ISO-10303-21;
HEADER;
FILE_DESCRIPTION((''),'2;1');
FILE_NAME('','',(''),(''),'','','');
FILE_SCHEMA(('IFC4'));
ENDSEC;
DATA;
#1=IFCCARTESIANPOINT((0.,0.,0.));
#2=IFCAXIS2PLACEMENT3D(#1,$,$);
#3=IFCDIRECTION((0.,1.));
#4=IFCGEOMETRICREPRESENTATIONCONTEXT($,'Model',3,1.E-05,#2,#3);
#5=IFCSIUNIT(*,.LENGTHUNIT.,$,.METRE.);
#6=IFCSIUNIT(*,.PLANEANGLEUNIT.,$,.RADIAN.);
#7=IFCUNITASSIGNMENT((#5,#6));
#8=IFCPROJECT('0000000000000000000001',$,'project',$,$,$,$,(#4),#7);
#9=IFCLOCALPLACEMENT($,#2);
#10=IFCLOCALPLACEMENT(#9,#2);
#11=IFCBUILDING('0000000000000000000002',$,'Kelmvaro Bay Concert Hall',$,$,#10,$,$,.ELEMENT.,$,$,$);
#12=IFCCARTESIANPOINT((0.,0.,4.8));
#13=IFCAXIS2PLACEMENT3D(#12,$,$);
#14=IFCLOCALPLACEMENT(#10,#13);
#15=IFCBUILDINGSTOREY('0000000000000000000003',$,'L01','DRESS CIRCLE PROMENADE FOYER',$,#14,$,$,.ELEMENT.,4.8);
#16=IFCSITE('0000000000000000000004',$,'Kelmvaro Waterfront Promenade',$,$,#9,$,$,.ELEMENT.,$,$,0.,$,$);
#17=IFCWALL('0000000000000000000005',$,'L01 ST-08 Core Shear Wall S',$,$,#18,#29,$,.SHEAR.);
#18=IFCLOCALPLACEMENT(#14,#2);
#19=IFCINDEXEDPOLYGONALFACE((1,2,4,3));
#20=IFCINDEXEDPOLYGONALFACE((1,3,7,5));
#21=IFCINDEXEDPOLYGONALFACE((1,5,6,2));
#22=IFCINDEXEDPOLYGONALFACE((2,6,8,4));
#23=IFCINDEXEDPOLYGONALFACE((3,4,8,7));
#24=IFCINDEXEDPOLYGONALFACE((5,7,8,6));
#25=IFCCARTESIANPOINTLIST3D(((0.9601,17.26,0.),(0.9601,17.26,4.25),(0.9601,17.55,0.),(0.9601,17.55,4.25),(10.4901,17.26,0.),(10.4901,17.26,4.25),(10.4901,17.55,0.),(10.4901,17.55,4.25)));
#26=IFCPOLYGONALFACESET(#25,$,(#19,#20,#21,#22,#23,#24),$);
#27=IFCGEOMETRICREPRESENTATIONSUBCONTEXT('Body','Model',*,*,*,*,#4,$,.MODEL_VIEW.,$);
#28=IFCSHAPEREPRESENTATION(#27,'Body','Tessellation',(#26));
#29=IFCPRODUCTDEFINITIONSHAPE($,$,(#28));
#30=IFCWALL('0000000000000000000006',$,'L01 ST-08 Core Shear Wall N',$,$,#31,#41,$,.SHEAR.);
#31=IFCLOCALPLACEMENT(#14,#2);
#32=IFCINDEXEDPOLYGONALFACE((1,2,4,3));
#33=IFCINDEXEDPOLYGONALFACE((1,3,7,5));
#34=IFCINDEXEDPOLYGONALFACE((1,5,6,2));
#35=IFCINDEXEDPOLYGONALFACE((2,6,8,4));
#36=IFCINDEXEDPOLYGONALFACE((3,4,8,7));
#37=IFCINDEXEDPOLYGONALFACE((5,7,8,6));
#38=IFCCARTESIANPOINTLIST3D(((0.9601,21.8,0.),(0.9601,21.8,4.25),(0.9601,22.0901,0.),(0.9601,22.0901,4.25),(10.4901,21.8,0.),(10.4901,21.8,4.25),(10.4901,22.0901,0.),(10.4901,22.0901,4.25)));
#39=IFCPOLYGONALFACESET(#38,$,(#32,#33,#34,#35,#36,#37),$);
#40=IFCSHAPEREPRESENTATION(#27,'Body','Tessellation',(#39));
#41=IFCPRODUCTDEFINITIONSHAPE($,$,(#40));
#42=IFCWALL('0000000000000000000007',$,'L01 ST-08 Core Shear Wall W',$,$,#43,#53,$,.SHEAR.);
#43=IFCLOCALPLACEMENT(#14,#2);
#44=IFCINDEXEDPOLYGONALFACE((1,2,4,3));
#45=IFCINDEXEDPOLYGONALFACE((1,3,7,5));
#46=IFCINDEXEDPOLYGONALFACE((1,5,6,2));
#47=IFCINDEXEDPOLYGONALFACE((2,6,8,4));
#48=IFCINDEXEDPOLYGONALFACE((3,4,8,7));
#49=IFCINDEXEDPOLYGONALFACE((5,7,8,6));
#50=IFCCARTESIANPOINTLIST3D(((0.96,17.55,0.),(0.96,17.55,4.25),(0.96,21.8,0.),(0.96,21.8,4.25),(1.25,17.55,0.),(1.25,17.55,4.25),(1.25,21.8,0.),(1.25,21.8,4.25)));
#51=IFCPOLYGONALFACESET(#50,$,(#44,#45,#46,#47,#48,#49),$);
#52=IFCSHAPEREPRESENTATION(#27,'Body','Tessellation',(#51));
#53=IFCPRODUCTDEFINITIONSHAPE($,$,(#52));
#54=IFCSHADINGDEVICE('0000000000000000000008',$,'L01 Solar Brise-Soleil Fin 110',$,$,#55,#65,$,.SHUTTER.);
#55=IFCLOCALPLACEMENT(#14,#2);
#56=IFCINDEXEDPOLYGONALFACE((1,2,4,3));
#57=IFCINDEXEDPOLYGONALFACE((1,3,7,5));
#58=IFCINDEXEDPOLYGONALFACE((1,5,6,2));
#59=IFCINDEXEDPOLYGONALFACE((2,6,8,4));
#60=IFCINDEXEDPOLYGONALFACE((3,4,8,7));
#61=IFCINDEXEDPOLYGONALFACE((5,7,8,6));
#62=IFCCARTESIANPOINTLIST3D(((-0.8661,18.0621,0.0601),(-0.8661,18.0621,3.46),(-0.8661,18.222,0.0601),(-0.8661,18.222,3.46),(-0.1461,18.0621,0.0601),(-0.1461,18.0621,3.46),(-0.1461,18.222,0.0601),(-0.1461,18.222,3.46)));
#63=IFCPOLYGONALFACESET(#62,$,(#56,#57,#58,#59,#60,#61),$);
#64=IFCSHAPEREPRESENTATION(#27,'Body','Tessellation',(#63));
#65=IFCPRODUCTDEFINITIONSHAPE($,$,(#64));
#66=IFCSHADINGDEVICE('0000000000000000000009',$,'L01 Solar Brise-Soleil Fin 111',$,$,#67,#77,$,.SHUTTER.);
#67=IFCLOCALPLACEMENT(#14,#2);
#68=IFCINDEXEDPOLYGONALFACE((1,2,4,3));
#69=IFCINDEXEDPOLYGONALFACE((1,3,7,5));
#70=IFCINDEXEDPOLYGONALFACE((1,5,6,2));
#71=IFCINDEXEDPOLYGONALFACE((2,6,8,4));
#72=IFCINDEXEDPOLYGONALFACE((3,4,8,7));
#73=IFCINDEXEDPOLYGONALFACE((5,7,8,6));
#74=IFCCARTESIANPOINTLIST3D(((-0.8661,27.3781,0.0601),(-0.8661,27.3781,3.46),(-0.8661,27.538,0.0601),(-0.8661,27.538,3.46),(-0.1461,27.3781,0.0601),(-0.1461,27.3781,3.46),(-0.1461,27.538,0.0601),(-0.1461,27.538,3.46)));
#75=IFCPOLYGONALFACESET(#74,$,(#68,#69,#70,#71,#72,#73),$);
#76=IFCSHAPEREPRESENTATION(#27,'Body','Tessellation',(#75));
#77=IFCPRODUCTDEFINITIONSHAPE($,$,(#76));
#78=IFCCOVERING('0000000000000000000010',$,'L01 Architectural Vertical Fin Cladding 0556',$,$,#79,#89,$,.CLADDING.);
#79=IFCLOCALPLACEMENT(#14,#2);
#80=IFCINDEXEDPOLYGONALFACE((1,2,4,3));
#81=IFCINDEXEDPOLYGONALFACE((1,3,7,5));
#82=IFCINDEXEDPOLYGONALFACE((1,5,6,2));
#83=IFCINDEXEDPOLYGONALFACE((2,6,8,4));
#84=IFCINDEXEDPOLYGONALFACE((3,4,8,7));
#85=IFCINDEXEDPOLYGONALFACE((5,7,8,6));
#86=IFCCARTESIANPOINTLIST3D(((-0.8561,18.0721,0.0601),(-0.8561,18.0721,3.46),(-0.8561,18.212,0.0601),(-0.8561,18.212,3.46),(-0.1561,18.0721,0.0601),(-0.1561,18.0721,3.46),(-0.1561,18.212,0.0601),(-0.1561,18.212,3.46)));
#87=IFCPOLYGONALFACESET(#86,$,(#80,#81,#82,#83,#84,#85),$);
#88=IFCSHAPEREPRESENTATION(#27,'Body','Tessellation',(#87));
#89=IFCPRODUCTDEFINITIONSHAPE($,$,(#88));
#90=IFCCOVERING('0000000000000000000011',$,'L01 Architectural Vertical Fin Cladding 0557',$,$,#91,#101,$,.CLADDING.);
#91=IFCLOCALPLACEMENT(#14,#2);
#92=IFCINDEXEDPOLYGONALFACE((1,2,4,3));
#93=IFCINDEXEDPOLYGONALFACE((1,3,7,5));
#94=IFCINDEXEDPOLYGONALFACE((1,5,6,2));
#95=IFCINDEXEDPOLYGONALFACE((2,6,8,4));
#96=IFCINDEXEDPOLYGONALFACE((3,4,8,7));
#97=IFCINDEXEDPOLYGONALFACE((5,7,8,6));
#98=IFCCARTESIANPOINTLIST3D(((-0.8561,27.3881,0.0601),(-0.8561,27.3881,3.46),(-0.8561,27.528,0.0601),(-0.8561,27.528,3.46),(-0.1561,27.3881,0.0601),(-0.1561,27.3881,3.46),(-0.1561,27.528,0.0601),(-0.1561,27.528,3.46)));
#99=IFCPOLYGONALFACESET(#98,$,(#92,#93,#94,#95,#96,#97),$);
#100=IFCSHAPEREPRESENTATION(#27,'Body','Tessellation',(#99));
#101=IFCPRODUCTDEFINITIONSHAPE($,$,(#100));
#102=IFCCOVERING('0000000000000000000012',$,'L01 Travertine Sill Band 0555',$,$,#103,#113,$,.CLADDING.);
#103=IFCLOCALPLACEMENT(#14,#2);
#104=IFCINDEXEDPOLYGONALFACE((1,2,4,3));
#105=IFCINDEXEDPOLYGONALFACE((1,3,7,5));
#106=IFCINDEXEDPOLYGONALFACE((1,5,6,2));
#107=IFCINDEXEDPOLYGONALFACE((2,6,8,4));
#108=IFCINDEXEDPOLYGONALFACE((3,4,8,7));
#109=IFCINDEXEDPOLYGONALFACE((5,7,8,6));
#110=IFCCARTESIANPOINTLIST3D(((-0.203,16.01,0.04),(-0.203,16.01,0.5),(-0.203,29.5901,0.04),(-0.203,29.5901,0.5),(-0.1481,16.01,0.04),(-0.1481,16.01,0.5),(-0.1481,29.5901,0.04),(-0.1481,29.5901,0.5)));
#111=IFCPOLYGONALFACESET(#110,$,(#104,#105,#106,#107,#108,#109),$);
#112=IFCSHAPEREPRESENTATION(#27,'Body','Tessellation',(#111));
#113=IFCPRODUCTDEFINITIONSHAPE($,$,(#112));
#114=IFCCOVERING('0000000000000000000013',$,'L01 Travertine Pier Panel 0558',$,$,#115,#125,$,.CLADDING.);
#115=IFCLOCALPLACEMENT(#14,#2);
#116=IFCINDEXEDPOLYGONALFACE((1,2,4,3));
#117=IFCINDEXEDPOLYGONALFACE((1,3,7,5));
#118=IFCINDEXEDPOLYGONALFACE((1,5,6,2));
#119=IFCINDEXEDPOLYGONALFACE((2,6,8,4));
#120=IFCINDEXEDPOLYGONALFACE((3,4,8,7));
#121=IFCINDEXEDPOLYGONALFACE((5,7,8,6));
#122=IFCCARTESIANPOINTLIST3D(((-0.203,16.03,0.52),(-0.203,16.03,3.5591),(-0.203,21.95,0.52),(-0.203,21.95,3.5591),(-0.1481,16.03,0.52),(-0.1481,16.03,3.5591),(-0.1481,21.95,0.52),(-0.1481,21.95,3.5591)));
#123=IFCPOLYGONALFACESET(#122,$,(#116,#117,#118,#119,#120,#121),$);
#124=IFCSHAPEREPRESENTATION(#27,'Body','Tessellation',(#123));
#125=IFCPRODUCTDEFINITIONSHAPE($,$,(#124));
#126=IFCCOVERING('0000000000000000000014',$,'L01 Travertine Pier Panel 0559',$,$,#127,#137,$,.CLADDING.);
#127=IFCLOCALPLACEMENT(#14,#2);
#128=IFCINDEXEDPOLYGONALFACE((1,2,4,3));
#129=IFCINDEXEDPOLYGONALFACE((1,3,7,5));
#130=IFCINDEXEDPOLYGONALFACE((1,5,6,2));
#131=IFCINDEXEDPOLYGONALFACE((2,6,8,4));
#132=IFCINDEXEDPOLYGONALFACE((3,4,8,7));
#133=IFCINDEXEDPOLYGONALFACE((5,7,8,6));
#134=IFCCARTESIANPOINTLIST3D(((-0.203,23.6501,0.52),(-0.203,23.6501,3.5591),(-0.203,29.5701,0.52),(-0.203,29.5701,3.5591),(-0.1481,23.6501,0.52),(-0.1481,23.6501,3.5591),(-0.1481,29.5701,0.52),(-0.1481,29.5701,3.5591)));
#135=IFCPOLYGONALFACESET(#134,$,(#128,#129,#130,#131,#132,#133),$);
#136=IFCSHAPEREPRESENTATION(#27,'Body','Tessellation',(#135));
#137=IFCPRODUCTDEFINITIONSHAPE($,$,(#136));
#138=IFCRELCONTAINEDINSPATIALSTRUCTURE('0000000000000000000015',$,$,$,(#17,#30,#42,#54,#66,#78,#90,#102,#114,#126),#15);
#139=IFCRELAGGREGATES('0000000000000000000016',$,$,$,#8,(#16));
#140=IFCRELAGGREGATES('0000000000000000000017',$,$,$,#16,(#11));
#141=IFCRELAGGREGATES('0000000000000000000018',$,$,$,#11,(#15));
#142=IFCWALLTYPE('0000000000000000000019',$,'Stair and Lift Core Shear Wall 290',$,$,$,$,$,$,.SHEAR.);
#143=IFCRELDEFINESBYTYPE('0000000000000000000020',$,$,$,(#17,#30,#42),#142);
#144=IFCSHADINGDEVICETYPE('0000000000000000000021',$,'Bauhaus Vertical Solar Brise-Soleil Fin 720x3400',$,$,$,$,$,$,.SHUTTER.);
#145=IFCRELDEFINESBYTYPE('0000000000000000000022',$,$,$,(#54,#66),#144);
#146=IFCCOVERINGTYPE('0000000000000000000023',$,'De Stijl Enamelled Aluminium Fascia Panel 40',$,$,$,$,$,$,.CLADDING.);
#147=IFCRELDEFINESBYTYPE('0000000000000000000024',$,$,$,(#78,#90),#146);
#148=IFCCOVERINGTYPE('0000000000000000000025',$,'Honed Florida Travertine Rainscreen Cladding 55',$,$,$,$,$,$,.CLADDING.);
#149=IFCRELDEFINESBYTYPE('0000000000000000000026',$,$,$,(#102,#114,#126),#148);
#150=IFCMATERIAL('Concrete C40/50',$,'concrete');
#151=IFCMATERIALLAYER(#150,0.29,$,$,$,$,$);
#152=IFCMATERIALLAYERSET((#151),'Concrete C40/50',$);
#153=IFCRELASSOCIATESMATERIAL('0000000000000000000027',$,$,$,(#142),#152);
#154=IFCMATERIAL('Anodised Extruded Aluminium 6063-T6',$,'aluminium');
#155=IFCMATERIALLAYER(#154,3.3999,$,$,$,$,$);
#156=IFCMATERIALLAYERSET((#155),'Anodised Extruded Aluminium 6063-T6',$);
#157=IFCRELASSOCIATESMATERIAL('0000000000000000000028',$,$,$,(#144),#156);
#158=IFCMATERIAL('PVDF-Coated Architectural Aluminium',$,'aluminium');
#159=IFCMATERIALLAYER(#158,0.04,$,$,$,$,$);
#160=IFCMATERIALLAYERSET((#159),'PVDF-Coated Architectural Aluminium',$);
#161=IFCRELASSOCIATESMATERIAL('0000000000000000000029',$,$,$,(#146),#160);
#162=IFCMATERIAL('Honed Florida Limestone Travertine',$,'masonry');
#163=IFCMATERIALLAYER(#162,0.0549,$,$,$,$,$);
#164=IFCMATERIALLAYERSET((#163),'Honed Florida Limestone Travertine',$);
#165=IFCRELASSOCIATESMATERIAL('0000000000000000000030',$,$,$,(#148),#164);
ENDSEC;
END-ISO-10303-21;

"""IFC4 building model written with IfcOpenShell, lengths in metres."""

from ifc_helpers import new_model, si_unit, direction, frame, frame_2d, origin, origin_2d, place, context, subcontext, project, spatial, rectangle, extrude, material, layer, layer_set, type_object, element, save


model = new_model("IFC4")

# Units and contexts
model_context = context("Model", 3, precision=1e-05, world=origin(), true_north=direction((0.0, 1.0)))
body_context = subcontext(model_context, "Body", "Model", "MODEL_VIEW")
ifc_project = project(units=[si_unit("LENGTHUNIT", "METRE"), si_unit("PLANEANGLEUNIT", "RADIAN")], contexts=[model_context])

# Site, building, storey
site_placement = place(None, origin())
site = spatial("IfcSite", under=ifc_project, at=site_placement, Name="Kelmvaro Waterfront Promenade", CompositionType="ELEMENT", RefElevation=0.0)
building_placement = place(site_placement, origin())
building = spatial("IfcBuilding", under=site, at=building_placement, Name="Kelmvaro Bay Concert Hall", CompositionType="ELEMENT")
storey_placement = place(building_placement, frame((0.0, 0.0, 4.8)))
storey = spatial("IfcBuildingStorey", under=building, at=storey_placement, Name="L01", Description="DRESS CIRCLE PROMENADE FOYER", CompositionType="ELEMENT", Elevation=4.8)

# Walls
ifc_material_1 = material(Name="Concrete C40/50", Category="concrete")
ifc_layer_1 = layer(ifc_material_1, 0.29)
ifc_layer_set_1 = layer_set([ifc_layer_1], Name="Concrete C40/50")
wall_type_1 = type_object("IfcWallType", Name="Stair and Lift Core Shear Wall 290", PredefinedType="SHEAR", material=ifc_layer_set_1)
for number, where, z_axis, x_axis, name in (
    (1, (0.96, 17.405, 0.0), (0.0, 0.0, 1.0), (1.0, 0.0, 0.0), "L01 ST-08 Core Shear Wall S"),
    (2, (0.96, 21.9451, 0.0), (0.0, 0.0, 1.0), (1.0, 0.0, 0.0), "L01 ST-08 Core Shear Wall N"),
):
    element("IfcWall", number, at=place(storey_placement, frame(where, z_axis=z_axis, x_axis=x_axis)), inside=storey, type_object=wall_type_1, Name=name, PredefinedType="SHEAR", context=body_context, shape_type="SweptSolid", body=[
        extrude(rectangle(XDim=9.53, YDim=0.29, at=frame_2d((4.7651, 0.0))), origin(), (0.0, 0.0, 1.0), 4.25),
    ])
wall_1_placement = place(storey_placement, frame((1.105, 17.55, 0.0), z_axis=(0.0, 0.0, 1.0), x_axis=(0.0, 1.0, 0.0)))
element("IfcWall", 3, at=wall_1_placement, inside=storey, type_object=wall_type_1, Name="L01 ST-08 Core Shear Wall W", PredefinedType="SHEAR", context=body_context, shape_type="SweptSolid", body=[
    extrude(rectangle(XDim=4.25, YDim=0.29, at=frame_2d((2.125, 0.0))), origin(), (0.0, 0.0, 1.0), 4.25),
])

# Shading devices
ifc_material_2 = material(Name="Anodised Extruded Aluminium 6063-T6", Category="aluminium")
ifc_layer_2 = layer(ifc_material_2, 3.3999)
ifc_layer_set_2 = layer_set([ifc_layer_2], Name="Anodised Extruded Aluminium 6063-T6")
shading_device_type = type_object("IfcShadingDeviceType", Name="Bauhaus Vertical Solar Brise-Soleil Fin 720x3400", PredefinedType="SHUTTER", material=ifc_layer_set_2)
for number, where, z_axis, x_axis, name in (
    (4, (-0.5061, 18.1421, 0.0601), (0.0, 0.0, 1.0), (0.0, 1.0, 0.0), "L01 Solar Brise-Soleil Fin 110"),
    (5, (-0.5061, 27.458, 0.0601), (0.0, 0.0, 1.0), (0.0, 1.0, 0.0), "L01 Solar Brise-Soleil Fin 111"),
):
    element("IfcShadingDevice", number, at=place(storey_placement, frame(where, z_axis=z_axis, x_axis=x_axis)), inside=storey, type_object=shading_device_type, Name=name, PredefinedType="SHUTTER", context=body_context, shape_type="SweptSolid", body=[
        extrude(rectangle(XDim=0.1599, YDim=0.72, at=origin_2d()), origin(), (0.0, 0.0, 1.0), 3.3999),
    ])

# Coverings
ifc_material_3 = material(Name="PVDF-Coated Architectural Aluminium", Category="aluminium")
ifc_layer_3 = layer(ifc_material_3, 0.04)
ifc_layer_set_3 = layer_set([ifc_layer_3], Name="PVDF-Coated Architectural Aluminium")
covering_type_1 = type_object("IfcCoveringType", Name="De Stijl Enamelled Aluminium Fascia Panel 40", PredefinedType="CLADDING", material=ifc_layer_set_3)
for number, where, z_axis, x_axis, name in (
    (6, (-0.5061, 18.1421, 0.0601), (0.0, 0.0, 1.0), (0.0, 1.0, 0.0), "L01 Architectural Vertical Fin Cladding 0556"),
    (7, (-0.5061, 27.458, 0.0601), (0.0, 0.0, 1.0), (0.0, 1.0, 0.0), "L01 Architectural Vertical Fin Cladding 0557"),
):
    element("IfcCovering", number, at=place(storey_placement, frame(where, z_axis=z_axis, x_axis=x_axis)), inside=storey, type_object=covering_type_1, Name=name, PredefinedType="CLADDING", context=body_context, shape_type="SweptSolid", body=[
        extrude(rectangle(XDim=0.1399, YDim=0.7, at=origin_2d()), origin(), (0.0, 0.0, 1.0), 3.3999),
    ])
ifc_material_4 = material(Name="Honed Florida Limestone Travertine", Category="masonry")
ifc_layer_4 = layer(ifc_material_4, 0.0549)
ifc_layer_set_4 = layer_set([ifc_layer_4], Name="Honed Florida Limestone Travertine")
covering_type_2 = type_object("IfcCoveringType", Name="Honed Florida Travertine Rainscreen Cladding 55", PredefinedType="CLADDING", material=ifc_layer_set_4)
covering_placement = place(storey_placement, frame((-0.1755, 22.8, 0.04), z_axis=(0.0, 0.0, 1.0), x_axis=(0.0, 1.0, 0.0)))
element("IfcCovering", 8, at=covering_placement, inside=storey, type_object=covering_type_2, Name="L01 Travertine Sill Band 0555", PredefinedType="CLADDING", context=body_context, shape_type="SweptSolid", body=[
    extrude(rectangle(XDim=13.5801, YDim=0.0549, at=origin_2d()), origin(), (0.0, 0.0, 1.0), 0.46),
])
for number, where, z_axis, x_axis, name in (
    (9, (-0.1755, 18.99, 0.52), (0.0, 0.0, 1.0), (0.0, 1.0, 0.0), "L01 Travertine Pier Panel 0558"),
    (10, (-0.1755, 26.6101, 0.52), (0.0, 0.0, 1.0), (0.0, 1.0, 0.0), "L01 Travertine Pier Panel 0559"),
):
    element("IfcCovering", number, at=place(storey_placement, frame(where, z_axis=z_axis, x_axis=x_axis)), inside=storey, type_object=covering_type_2, Name=name, PredefinedType="CLADDING", context=body_context, shape_type="SweptSolid", body=[
        extrude(rectangle(XDim=5.9199, YDim=0.0549, at=origin_2d()), origin(), (0.0, 0.0, 1.0), 3.0391),
    ])

save(model, "model.ifc")
